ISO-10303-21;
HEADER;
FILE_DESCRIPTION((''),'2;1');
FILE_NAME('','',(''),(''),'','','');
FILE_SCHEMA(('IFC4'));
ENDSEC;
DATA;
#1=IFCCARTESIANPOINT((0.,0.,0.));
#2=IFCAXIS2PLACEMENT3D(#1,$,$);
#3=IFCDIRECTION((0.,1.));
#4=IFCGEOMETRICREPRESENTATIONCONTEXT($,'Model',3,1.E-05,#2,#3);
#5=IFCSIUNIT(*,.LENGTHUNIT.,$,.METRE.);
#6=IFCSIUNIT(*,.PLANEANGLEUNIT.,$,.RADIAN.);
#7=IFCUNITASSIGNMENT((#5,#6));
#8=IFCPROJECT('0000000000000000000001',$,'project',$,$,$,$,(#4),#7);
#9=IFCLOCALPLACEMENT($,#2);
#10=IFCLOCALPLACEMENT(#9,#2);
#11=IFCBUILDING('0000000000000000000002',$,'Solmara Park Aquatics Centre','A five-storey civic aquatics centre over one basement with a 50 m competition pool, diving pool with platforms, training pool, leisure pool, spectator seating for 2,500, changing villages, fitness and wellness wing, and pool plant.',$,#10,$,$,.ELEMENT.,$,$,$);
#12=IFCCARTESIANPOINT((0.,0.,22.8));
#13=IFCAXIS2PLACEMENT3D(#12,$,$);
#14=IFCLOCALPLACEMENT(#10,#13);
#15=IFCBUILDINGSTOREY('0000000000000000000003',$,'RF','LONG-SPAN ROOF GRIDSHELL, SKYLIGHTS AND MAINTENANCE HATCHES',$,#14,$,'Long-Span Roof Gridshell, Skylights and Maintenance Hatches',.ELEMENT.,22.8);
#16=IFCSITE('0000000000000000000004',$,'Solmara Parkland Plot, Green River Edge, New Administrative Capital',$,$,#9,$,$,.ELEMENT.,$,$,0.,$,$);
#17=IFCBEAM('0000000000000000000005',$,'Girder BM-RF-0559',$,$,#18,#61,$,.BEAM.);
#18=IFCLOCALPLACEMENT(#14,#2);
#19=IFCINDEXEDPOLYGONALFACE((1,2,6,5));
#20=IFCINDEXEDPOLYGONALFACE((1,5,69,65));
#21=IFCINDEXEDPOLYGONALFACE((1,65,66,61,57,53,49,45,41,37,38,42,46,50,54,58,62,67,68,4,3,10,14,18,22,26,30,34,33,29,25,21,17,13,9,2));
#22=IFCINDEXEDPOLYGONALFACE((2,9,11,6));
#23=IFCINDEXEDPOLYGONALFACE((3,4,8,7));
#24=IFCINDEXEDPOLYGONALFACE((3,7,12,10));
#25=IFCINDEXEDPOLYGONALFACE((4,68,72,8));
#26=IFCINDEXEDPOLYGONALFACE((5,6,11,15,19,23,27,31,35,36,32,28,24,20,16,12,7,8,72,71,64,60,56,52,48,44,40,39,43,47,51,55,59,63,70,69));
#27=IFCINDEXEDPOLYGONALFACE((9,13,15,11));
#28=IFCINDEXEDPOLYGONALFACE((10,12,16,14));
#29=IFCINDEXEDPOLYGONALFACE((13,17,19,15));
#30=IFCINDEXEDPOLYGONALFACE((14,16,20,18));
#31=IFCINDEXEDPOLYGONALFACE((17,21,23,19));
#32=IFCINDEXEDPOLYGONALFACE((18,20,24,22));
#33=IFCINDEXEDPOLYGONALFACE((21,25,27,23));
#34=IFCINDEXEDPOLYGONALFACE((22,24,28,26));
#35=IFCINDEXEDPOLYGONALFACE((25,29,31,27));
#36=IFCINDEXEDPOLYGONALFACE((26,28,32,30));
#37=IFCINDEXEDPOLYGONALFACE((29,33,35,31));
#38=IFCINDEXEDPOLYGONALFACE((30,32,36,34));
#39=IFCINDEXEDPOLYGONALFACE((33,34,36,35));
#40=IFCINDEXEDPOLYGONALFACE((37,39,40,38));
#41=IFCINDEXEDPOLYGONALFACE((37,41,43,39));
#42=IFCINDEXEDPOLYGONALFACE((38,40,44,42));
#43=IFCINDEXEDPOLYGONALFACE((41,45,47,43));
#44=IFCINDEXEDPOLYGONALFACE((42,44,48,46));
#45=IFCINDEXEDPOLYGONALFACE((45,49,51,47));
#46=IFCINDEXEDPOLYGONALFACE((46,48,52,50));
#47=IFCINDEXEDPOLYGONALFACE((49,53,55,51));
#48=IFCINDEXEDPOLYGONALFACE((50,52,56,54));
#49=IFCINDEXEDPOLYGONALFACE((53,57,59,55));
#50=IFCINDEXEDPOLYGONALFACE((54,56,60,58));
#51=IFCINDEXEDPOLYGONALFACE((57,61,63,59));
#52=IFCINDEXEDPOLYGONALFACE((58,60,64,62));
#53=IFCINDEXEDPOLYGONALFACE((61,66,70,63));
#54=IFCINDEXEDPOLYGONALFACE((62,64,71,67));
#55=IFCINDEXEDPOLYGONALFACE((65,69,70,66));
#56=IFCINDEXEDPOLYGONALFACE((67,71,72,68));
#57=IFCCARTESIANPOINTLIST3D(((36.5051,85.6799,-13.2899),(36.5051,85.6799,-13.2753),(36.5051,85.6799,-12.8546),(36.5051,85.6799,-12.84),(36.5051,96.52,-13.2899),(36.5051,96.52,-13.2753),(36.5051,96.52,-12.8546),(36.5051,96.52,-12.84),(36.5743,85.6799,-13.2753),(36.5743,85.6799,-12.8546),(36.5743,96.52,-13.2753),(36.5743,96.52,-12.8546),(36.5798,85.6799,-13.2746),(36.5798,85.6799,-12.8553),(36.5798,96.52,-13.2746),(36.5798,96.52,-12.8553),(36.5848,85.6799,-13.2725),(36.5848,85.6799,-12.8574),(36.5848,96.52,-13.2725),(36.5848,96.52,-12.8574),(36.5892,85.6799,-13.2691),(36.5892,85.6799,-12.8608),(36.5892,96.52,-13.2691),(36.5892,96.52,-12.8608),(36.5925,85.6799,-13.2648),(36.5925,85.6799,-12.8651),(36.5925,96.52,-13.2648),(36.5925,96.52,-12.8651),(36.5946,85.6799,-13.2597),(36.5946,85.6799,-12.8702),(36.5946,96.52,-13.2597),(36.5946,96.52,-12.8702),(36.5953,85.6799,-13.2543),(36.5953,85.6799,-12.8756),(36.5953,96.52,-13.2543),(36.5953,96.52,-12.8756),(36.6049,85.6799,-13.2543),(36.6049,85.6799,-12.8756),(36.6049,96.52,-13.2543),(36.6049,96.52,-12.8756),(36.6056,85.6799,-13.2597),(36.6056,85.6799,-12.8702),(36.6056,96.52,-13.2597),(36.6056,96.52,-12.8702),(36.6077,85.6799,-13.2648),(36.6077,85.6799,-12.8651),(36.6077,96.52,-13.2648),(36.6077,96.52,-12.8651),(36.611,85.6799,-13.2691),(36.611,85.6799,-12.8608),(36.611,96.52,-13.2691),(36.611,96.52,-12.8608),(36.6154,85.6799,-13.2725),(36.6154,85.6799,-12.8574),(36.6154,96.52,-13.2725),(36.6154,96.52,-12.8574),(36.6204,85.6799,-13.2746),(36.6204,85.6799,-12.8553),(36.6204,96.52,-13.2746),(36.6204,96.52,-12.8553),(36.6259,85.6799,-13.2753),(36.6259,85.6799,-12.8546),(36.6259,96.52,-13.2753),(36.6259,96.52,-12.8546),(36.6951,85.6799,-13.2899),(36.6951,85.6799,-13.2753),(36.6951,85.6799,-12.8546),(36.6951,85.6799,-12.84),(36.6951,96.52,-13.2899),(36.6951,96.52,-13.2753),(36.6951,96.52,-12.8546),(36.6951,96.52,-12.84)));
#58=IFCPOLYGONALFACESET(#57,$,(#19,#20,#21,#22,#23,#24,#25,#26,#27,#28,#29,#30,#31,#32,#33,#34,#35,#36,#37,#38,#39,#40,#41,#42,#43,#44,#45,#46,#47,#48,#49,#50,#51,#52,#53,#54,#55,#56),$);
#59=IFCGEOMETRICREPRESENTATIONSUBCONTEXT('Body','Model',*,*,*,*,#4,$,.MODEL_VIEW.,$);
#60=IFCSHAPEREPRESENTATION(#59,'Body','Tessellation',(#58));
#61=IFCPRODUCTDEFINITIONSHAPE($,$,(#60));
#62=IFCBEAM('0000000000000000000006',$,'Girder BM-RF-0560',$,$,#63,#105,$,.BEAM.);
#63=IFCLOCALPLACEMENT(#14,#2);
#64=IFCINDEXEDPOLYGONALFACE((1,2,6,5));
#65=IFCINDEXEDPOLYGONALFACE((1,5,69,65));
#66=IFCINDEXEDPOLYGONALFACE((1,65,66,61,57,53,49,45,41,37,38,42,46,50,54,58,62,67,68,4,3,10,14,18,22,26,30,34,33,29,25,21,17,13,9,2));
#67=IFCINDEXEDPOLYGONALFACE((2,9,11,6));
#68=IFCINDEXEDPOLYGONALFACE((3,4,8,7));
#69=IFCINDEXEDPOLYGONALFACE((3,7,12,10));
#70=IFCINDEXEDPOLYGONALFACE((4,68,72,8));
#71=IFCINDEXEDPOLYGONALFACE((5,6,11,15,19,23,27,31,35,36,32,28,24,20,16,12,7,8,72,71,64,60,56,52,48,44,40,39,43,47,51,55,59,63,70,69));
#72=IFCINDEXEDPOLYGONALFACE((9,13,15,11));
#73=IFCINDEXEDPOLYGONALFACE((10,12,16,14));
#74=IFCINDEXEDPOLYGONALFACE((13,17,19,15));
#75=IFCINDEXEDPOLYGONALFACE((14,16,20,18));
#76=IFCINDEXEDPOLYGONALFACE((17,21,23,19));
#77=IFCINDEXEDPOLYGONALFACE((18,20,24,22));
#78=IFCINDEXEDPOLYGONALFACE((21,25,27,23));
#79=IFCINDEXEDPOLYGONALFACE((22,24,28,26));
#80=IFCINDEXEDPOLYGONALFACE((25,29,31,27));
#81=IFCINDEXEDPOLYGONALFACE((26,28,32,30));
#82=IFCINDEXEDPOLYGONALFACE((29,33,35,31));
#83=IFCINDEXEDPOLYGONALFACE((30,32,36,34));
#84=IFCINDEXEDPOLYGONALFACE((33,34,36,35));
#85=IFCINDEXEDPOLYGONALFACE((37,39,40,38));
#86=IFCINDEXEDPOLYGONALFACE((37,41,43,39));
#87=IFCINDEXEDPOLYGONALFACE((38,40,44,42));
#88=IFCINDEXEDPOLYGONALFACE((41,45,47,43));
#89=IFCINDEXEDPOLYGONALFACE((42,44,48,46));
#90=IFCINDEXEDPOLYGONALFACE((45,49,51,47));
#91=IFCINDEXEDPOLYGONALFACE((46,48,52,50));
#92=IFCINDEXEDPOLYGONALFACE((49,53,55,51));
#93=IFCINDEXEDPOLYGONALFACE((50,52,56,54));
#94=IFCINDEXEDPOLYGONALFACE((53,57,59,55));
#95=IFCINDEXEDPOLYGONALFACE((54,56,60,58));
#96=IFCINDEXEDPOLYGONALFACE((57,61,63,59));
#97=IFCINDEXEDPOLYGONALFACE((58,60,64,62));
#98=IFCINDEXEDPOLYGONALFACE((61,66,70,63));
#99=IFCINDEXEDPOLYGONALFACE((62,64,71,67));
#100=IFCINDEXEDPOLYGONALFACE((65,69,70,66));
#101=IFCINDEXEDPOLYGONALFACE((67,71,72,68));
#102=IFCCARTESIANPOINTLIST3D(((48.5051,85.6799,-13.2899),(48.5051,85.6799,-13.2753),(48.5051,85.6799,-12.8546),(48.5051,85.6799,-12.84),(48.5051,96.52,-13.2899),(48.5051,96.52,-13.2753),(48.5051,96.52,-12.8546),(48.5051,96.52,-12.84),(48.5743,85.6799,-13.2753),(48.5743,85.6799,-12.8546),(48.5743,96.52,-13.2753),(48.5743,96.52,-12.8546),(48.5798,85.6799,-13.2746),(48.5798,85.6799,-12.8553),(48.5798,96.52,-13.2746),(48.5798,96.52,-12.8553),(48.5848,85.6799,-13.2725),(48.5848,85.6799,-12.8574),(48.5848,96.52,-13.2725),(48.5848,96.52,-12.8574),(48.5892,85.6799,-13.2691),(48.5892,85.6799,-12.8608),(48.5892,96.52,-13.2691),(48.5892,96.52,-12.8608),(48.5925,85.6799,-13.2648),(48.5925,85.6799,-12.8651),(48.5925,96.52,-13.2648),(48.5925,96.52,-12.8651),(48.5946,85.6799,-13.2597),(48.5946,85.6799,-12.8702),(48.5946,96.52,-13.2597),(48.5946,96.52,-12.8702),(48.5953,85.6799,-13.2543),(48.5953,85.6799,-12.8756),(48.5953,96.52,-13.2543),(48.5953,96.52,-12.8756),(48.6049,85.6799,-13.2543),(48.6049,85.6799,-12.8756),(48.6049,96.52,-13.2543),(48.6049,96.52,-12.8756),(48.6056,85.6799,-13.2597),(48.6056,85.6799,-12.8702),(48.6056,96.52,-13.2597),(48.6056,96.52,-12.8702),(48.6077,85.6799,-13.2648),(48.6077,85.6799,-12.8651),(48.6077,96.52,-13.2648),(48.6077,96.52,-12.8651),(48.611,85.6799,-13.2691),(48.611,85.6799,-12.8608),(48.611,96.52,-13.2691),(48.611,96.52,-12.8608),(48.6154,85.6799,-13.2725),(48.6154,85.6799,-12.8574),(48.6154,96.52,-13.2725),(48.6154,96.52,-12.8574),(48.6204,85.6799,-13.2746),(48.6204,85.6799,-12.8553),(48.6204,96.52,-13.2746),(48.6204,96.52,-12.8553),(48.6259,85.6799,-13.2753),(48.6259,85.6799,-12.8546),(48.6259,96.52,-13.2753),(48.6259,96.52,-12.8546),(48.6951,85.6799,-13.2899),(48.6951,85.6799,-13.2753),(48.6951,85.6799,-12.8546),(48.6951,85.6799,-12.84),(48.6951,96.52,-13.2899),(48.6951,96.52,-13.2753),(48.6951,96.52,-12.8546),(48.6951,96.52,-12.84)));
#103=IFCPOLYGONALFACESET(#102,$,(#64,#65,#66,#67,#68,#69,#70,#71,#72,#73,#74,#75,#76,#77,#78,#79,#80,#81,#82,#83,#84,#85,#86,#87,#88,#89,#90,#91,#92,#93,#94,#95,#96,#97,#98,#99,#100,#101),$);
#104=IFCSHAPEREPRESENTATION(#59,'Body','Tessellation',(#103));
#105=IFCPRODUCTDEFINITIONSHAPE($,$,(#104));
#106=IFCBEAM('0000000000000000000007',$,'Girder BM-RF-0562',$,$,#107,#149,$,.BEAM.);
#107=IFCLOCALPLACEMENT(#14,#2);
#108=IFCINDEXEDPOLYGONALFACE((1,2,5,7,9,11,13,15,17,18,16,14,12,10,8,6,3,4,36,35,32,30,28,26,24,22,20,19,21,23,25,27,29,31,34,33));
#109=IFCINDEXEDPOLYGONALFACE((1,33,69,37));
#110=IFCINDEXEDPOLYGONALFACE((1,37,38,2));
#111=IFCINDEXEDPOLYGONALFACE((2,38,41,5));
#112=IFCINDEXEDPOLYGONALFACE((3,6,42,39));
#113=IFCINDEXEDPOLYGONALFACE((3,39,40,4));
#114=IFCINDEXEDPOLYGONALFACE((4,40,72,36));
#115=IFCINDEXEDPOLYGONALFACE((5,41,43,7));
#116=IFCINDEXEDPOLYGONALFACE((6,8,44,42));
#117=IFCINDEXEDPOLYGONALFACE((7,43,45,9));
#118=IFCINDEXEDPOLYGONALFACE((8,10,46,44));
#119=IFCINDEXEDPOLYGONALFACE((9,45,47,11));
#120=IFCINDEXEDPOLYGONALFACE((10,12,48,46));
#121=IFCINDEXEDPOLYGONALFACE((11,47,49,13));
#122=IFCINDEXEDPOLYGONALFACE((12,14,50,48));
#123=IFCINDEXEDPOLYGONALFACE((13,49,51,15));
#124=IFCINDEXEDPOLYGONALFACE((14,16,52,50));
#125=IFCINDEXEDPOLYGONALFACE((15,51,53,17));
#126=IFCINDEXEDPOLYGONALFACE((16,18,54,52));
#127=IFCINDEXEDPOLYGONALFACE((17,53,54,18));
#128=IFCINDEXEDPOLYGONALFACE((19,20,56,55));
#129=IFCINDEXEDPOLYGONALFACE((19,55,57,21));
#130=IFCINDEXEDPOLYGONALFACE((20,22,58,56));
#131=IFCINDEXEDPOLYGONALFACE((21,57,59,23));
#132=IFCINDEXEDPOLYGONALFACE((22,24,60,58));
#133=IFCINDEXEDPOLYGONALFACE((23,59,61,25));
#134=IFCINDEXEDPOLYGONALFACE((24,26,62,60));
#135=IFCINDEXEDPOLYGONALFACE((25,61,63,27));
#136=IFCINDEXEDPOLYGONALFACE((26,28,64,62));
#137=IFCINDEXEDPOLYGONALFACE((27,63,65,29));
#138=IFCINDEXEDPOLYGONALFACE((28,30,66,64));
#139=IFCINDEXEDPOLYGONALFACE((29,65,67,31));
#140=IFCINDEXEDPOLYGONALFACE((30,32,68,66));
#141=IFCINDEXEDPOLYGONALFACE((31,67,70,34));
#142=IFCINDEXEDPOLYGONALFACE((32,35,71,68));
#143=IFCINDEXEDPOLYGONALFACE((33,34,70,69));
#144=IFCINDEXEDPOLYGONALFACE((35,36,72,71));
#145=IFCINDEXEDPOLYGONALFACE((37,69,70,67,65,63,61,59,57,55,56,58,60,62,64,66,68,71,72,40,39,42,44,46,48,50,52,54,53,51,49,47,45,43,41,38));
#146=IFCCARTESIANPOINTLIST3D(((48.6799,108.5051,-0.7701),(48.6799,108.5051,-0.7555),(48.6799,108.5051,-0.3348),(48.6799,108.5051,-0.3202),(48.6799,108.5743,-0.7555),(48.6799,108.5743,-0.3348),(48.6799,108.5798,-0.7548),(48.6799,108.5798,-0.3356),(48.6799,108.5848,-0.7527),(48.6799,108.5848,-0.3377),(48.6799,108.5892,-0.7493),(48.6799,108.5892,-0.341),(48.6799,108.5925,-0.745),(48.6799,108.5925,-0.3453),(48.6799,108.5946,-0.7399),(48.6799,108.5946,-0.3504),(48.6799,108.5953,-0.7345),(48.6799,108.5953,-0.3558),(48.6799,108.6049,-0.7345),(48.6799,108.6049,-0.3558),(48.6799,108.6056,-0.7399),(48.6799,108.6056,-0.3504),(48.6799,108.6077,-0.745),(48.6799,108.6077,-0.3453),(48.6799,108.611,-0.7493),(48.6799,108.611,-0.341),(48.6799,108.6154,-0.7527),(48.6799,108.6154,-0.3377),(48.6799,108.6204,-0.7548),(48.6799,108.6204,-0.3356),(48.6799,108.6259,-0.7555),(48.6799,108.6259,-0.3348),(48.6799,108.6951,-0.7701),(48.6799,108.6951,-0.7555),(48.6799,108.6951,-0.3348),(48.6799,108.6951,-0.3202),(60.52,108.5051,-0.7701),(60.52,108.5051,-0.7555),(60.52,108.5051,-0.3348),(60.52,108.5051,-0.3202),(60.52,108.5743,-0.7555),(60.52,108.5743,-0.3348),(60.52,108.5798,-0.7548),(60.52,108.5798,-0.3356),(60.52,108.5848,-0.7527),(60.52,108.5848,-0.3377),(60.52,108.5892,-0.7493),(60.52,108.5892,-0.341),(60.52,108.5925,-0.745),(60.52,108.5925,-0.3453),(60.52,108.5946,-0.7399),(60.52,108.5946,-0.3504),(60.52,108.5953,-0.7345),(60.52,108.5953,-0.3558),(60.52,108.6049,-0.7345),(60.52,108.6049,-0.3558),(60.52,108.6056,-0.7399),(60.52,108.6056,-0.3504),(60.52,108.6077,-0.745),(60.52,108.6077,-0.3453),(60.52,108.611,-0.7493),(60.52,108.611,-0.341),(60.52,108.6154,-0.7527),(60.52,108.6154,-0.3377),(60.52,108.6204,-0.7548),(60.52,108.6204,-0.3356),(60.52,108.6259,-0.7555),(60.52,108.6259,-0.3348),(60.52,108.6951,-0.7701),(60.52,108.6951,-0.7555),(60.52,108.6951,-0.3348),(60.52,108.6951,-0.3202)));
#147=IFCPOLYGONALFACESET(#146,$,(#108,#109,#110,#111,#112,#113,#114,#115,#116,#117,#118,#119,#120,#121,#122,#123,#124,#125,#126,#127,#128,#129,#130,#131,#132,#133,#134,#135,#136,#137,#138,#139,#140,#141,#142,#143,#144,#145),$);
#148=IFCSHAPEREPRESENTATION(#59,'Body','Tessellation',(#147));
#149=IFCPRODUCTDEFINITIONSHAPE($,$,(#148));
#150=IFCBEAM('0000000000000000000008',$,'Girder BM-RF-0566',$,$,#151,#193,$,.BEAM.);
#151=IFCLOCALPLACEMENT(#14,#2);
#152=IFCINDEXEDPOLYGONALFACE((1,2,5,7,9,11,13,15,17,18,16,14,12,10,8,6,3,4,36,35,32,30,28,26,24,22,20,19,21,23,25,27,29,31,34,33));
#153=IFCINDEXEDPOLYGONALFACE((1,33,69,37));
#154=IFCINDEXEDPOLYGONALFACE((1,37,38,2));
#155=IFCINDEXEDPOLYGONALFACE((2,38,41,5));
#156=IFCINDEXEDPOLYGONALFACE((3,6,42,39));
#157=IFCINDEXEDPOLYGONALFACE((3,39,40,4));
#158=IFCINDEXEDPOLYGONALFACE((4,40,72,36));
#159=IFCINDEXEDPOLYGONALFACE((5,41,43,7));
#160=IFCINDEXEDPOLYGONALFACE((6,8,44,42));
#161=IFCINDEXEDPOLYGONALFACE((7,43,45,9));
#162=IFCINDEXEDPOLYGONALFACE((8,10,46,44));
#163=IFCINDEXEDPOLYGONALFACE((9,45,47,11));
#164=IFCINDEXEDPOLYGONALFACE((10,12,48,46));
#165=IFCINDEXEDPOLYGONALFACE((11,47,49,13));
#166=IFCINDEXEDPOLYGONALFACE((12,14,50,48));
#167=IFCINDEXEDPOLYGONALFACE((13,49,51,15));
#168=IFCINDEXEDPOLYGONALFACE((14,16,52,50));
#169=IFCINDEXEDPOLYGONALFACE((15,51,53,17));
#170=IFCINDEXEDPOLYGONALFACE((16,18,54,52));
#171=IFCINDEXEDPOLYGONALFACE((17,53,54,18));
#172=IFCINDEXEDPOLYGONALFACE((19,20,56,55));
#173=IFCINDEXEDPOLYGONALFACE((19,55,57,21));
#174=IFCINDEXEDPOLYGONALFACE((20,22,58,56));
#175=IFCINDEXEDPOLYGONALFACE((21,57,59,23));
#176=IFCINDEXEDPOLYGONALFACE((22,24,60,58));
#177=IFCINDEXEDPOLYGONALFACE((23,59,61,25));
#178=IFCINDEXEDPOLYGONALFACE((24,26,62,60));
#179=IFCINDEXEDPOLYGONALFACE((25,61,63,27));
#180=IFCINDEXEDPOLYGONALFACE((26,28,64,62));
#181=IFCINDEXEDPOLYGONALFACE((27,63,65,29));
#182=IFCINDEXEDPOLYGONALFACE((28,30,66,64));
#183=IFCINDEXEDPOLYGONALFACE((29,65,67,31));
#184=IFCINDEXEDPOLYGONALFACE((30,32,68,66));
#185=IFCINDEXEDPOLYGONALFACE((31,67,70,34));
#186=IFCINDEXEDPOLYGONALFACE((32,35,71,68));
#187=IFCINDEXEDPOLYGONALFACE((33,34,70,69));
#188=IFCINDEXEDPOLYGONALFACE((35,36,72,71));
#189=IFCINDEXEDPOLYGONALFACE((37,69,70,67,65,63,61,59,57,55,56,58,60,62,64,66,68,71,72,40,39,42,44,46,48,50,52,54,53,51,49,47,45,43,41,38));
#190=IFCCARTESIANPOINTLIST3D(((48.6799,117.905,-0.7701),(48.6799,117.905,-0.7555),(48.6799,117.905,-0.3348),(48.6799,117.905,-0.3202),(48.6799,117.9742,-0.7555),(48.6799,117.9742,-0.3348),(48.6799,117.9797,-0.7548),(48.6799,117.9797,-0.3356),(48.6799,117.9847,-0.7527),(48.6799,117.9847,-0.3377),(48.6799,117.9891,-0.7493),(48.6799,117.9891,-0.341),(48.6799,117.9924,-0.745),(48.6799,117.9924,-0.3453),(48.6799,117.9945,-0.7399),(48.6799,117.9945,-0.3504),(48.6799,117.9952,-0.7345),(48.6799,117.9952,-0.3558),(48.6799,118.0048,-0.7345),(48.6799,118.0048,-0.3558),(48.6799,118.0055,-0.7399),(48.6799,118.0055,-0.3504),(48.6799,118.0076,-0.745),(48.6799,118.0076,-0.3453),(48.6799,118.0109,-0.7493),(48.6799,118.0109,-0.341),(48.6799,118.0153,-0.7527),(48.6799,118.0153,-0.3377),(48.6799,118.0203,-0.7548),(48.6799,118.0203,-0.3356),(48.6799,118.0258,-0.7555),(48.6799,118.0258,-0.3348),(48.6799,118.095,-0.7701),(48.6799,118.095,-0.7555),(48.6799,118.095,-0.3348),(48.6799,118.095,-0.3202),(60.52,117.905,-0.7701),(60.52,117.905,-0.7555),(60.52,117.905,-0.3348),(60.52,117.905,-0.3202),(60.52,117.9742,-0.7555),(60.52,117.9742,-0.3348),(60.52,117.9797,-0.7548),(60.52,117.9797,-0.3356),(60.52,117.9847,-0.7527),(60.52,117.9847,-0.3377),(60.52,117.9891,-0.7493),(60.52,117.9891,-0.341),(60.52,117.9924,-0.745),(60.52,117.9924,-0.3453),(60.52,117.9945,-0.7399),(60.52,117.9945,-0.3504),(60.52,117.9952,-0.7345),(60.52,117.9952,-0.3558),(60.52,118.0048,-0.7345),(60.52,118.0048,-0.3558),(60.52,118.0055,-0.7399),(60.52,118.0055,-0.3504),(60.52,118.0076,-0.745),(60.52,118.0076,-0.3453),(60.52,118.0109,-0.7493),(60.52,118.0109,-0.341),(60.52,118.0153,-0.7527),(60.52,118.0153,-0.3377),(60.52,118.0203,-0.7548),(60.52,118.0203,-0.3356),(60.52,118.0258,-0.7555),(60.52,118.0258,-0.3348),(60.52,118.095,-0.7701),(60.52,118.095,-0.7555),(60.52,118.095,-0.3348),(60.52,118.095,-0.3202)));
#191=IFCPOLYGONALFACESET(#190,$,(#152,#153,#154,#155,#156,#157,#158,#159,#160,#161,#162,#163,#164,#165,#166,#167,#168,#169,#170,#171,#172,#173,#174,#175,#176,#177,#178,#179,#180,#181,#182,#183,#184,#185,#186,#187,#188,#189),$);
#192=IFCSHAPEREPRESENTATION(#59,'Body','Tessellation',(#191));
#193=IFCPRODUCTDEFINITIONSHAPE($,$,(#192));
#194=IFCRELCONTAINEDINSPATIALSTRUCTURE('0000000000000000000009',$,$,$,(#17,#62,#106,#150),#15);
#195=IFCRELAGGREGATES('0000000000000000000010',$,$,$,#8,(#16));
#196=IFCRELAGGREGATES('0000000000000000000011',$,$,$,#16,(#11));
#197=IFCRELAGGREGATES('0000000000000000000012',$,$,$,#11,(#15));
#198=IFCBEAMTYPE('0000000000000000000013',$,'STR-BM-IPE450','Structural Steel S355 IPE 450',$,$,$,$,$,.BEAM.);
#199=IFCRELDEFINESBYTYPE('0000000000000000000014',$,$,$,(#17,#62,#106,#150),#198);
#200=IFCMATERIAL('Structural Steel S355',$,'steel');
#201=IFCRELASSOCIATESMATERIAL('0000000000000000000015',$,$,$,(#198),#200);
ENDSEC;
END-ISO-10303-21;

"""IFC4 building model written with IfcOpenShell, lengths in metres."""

from ifc_helpers import new_model, si_unit, direction, frame, origin, origin_2d, place, context, subcontext, project, spatial, i_section, extrude, material, material_profile, profile_set, type_object, element, save


model = new_model("IFC4")

# Units and contexts
model_context = context("Model", 3, precision=1e-05, world=origin(), true_north=direction((0.0, 1.0)))
body_context = subcontext(model_context, "Body", "Model", "MODEL_VIEW")
ifc_project = project(units=[si_unit("LENGTHUNIT", "METRE"), si_unit("PLANEANGLEUNIT", "RADIAN")], contexts=[model_context])

# Site, building, storey
site_placement = place(None, origin())
site = spatial("IfcSite", under=ifc_project, at=site_placement, Name="Solmara Parkland Plot, Green River Edge, New Administrative Capital", CompositionType="ELEMENT", RefElevation=0.0)
building_placement = place(site_placement, origin())
building = spatial("IfcBuilding", under=site, at=building_placement, Name="Solmara Park Aquatics Centre", Description="A five-storey civic aquatics centre over one basement with a 50 m competition pool, diving pool with platforms, training pool, leisure pool, spectator seating for 2,500, changing villages, fitness and wellness wing, and pool plant.", CompositionType="ELEMENT")
storey_placement = place(building_placement, frame((0.0, 0.0, 22.8)))
storey = spatial("IfcBuildingStorey", under=building, at=storey_placement, Name="RF", Description="LONG-SPAN ROOF GRIDSHELL, SKYLIGHTS AND MAINTENANCE HATCHES", LongName="Long-Span Roof Gridshell, Skylights and Maintenance Hatches", CompositionType="ELEMENT", Elevation=22.8)

# Beams
ifc_material_1 = material(Name="Structural Steel S355", Category="steel")
ifc_material_profile_1 = material_profile(ifc_material_1, i_section(OverallWidth=0.1899, OverallDepth=0.45, WebThickness=0.0095, FlangeThickness=0.0146, FilletRadius=0.021, at=origin_2d()), Name="IPE 450")
ifc_profile_set_1 = profile_set([ifc_material_profile_1], Name="Structural Steel S355")
beam_type_1 = type_object("IfcBeamType", Name="STR-BM-IPE450", Description="Structural Steel S355 IPE 450", PredefinedType="BEAM", material=ifc_profile_set_1)
for number, where, z_axis, x_axis, name in (
    (1, (36.6001, 85.6799, -13.0649), (0.0, 1.0, 0.0), (-1.0, 0.0, 0.0), "Girder BM-RF-0559"),
    (2, (48.6001, 85.6799, -13.0649), (0.0, 1.0, 0.0), (-1.0, 0.0, 0.0), "Girder BM-RF-0560"),
):
    element("IfcBeam", number, at=place(storey_placement, frame(where, z_axis=z_axis, x_axis=x_axis)), inside=storey, type_object=beam_type_1, Name=name, PredefinedType="BEAM", context=body_context, shape_type="SweptSolid", body=[
        extrude(i_section(OverallWidth=0.1899, OverallDepth=0.45, WebThickness=0.0095, FlangeThickness=0.0146, FilletRadius=0.021, at=origin_2d()), origin(), (0.0, 0.0, 1.0), 10.8401),
    ])
for number, where, z_axis, x_axis, name in (
    (3, (48.6799, 108.6001, -0.5452), (1.0, 0.0, 0.0), (0.0, 1.0, 0.0), "Girder BM-RF-0562"),
    (4, (48.6799, 118.0, -0.5452), (1.0, 0.0, 0.0), (0.0, 1.0, 0.0), "Girder BM-RF-0566"),
):
    element("IfcBeam", number, at=place(storey_placement, frame(where, z_axis=z_axis, x_axis=x_axis)), inside=storey, type_object=beam_type_1, Name=name, PredefinedType="BEAM", context=body_context, shape_type="SweptSolid", body=[
        extrude(i_section(OverallWidth=0.1899, OverallDepth=0.45, WebThickness=0.0095, FlangeThickness=0.0146, FilletRadius=0.021, at=origin_2d()), origin(), (0.0, 0.0, 1.0), 11.8401),
    ])

save(model, "model.ifc")
